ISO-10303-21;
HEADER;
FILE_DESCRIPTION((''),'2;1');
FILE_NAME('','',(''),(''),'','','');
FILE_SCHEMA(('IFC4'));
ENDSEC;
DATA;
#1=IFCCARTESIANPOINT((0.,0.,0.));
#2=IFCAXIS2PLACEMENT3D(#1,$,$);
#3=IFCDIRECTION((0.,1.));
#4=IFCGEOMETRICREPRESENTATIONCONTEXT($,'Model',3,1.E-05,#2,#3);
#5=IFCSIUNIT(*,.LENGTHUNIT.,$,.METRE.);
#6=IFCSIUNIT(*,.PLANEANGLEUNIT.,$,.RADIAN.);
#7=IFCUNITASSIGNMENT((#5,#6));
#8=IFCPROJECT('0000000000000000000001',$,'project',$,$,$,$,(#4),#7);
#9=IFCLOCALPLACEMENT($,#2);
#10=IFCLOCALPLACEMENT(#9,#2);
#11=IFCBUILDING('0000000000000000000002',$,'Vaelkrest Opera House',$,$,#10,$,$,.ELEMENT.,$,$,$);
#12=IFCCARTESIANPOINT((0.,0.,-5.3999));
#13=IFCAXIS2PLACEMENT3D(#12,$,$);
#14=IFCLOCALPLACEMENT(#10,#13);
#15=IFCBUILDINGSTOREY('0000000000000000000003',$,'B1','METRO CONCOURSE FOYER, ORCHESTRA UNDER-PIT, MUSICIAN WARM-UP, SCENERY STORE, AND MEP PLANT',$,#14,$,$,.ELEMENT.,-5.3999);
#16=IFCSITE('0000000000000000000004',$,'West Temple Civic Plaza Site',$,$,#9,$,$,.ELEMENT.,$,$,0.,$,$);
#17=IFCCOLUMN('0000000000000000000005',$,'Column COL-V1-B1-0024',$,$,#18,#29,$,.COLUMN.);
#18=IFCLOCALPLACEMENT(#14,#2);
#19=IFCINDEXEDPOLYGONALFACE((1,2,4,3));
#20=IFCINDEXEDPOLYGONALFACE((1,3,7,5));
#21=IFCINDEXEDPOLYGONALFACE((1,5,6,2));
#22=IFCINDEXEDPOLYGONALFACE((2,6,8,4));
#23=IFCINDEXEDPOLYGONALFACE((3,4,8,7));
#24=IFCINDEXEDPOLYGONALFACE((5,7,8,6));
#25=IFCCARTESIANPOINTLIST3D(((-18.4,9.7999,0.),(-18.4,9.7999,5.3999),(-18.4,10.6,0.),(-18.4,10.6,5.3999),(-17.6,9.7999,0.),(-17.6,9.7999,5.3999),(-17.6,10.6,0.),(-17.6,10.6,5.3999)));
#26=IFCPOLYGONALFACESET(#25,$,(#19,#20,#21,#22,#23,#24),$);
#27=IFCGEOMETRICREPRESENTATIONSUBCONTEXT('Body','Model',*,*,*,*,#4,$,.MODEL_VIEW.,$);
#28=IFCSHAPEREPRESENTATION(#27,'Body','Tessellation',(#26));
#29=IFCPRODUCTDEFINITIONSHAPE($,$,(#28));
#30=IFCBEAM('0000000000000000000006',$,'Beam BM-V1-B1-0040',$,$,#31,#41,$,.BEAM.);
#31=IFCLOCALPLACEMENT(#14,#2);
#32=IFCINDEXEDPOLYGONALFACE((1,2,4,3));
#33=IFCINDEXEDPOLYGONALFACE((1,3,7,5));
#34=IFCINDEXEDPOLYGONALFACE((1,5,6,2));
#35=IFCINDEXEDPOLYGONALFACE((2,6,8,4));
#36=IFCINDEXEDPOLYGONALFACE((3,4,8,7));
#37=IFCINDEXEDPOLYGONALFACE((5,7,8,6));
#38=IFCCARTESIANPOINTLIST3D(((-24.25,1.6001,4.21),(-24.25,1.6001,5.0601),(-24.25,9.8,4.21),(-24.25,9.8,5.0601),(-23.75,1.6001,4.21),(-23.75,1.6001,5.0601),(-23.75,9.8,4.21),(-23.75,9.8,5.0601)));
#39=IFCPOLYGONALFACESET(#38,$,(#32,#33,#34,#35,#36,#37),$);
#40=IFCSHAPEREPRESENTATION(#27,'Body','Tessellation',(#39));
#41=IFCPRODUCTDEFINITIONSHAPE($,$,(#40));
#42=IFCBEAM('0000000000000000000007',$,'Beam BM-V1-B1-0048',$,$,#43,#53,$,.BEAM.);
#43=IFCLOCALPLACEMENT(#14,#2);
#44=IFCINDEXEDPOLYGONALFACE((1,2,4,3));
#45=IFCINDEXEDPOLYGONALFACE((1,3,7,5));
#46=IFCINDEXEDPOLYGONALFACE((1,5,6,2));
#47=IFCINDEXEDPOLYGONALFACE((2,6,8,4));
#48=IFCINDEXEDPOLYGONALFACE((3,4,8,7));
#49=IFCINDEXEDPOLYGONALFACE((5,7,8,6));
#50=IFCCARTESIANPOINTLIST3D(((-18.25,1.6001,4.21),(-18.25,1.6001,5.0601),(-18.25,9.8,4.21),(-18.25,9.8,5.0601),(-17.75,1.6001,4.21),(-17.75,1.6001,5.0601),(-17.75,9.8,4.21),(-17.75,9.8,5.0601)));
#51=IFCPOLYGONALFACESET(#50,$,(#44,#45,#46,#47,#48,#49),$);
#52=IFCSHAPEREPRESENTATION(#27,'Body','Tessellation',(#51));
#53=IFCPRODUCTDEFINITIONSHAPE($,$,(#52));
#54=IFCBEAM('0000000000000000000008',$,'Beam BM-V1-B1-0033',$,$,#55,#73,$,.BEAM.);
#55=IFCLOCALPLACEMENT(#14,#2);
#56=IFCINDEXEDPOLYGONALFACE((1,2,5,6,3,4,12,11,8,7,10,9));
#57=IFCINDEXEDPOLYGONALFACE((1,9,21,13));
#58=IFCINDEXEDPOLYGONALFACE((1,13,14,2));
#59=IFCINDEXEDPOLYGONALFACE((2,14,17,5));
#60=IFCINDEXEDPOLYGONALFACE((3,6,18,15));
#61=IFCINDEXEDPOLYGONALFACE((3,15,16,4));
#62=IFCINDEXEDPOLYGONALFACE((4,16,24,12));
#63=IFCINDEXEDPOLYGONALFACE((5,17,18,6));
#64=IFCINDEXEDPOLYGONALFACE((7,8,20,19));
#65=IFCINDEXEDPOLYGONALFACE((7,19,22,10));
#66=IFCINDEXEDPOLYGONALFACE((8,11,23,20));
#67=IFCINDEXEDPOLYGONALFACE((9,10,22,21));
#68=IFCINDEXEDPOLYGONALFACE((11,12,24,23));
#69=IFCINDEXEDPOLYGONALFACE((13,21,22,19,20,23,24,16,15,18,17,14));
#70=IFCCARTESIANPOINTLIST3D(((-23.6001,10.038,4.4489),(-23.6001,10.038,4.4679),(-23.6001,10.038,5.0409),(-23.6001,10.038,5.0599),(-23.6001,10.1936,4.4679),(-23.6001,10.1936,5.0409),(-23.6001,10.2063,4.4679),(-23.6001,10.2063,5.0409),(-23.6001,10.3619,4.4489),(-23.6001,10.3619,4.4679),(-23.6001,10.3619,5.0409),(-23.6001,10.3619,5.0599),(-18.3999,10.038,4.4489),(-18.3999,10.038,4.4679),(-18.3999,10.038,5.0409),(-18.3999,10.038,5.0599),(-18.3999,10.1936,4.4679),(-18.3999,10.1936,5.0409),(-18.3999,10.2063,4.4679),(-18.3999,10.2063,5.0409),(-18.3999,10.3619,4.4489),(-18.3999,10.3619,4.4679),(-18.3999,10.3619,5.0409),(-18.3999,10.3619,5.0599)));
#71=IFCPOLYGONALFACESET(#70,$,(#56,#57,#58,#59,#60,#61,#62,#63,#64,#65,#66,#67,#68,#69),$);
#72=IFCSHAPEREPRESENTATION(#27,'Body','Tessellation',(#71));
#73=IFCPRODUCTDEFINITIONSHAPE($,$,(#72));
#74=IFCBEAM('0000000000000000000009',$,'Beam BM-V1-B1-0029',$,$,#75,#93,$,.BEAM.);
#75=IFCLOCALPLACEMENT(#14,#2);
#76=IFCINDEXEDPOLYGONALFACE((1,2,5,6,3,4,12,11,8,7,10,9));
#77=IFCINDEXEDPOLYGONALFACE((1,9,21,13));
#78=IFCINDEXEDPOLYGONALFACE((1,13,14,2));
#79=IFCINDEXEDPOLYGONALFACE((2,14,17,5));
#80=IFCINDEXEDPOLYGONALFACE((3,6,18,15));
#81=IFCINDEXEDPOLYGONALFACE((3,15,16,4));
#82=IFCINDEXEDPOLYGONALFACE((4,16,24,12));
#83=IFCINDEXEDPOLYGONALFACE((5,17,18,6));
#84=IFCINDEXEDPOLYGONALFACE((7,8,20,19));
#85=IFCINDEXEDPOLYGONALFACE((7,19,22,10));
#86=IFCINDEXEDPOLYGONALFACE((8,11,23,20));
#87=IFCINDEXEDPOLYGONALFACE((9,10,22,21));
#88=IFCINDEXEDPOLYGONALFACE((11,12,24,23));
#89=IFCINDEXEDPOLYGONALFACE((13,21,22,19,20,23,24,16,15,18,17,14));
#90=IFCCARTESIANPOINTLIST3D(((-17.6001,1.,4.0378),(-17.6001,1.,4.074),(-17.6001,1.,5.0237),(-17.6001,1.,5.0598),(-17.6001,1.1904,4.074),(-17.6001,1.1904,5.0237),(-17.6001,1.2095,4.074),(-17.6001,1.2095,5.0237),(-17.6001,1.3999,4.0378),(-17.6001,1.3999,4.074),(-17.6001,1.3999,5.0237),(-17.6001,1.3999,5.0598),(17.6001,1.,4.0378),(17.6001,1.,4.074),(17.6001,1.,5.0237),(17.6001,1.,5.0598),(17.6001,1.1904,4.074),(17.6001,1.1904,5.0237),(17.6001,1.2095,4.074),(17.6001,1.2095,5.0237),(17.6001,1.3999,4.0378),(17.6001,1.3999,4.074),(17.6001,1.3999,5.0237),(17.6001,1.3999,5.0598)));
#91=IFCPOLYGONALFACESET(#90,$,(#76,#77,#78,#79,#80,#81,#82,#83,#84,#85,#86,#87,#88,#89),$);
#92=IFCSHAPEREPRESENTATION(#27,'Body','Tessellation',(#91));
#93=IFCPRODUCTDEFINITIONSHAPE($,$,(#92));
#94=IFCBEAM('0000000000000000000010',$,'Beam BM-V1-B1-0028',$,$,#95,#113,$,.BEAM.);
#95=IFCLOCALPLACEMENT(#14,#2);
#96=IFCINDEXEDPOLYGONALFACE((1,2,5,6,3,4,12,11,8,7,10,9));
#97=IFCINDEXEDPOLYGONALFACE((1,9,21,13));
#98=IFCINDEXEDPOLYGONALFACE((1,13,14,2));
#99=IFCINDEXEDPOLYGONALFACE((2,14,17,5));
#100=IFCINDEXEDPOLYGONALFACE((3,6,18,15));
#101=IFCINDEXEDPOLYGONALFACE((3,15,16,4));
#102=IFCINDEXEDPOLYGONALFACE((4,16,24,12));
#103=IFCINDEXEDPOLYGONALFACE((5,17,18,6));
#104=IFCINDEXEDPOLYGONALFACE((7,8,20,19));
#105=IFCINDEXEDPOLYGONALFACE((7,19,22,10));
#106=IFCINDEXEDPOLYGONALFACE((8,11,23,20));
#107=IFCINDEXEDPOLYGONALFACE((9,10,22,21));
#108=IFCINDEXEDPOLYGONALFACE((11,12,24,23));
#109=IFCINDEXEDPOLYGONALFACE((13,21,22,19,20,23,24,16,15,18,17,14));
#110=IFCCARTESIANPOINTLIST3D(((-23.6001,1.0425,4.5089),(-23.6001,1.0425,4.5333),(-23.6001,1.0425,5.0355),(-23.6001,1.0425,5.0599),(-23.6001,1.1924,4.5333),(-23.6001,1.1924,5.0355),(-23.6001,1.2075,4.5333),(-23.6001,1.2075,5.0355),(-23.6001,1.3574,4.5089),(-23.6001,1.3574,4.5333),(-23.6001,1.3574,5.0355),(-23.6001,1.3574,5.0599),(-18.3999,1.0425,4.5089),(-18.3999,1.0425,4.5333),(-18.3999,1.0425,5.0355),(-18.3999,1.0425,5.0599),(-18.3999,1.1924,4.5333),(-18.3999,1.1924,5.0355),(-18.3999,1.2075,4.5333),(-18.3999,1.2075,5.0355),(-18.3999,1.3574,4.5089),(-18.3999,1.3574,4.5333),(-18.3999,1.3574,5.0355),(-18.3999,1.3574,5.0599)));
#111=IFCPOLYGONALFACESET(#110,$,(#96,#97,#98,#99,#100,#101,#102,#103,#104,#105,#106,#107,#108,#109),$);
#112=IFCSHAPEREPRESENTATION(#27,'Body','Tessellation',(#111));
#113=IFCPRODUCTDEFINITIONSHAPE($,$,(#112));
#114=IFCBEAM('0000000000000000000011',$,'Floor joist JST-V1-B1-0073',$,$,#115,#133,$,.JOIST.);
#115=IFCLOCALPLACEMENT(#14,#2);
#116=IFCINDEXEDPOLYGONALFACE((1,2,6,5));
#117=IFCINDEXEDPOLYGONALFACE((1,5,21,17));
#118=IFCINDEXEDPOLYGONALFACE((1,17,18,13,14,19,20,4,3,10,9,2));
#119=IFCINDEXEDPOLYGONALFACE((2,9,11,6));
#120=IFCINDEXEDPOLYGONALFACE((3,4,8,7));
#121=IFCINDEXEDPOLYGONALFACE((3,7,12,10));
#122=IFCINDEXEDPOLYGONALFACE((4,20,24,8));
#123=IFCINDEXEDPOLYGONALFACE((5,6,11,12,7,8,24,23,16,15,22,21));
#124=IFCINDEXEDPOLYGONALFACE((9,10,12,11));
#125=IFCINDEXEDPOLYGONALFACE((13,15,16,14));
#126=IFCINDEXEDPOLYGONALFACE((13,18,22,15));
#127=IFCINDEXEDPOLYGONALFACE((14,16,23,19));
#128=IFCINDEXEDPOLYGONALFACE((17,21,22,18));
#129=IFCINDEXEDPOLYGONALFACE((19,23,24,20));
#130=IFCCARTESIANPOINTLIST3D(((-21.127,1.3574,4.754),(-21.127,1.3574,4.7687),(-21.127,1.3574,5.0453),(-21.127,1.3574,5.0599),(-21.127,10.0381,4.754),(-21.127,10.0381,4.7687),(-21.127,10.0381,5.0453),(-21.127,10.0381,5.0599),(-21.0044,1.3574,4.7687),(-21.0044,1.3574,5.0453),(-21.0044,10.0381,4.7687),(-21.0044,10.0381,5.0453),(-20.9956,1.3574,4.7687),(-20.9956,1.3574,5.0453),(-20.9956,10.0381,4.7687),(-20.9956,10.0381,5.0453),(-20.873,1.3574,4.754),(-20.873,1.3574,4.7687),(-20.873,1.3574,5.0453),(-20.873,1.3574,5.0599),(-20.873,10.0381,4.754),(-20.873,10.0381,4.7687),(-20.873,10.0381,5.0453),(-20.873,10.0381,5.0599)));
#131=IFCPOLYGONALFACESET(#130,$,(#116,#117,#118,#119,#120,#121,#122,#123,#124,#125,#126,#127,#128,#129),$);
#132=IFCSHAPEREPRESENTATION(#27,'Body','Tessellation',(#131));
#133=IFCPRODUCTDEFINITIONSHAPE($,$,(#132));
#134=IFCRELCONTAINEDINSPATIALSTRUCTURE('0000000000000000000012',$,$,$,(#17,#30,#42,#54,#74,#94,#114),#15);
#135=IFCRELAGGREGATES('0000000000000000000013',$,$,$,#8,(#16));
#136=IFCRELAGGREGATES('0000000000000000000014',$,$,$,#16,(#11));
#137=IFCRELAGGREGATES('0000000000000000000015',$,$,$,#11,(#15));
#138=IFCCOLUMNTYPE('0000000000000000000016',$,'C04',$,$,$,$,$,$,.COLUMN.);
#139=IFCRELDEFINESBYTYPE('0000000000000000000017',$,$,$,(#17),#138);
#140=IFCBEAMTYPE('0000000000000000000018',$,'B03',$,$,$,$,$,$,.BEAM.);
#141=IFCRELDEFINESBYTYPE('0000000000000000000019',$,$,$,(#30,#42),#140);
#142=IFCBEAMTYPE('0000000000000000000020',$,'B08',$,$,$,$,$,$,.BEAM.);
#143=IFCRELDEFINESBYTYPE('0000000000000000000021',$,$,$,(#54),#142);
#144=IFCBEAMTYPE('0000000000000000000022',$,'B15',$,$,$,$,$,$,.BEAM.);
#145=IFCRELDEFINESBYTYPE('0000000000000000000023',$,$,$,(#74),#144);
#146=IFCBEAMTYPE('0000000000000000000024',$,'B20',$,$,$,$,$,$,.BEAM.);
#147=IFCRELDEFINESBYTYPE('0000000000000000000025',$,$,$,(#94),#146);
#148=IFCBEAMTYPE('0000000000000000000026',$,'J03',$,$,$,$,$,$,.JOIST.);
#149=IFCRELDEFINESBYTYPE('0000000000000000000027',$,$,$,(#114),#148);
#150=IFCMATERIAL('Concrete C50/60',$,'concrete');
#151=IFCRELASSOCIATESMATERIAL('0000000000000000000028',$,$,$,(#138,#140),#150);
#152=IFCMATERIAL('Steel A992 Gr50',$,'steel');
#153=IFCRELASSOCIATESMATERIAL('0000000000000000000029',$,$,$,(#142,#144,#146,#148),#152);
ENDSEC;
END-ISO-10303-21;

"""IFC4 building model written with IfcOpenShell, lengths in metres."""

from ifc_helpers import new_model, si_unit, direction, frame, origin, origin_2d, place, context, subcontext, project, spatial, rectangle, i_section, extrude, material, material_profile, profile_set, type_object, element, save


model = new_model("IFC4")

# Units and contexts
model_context = context("Model", 3, precision=1e-05, world=origin(), true_north=direction((0.0, 1.0)))
body_context = subcontext(model_context, "Body", "Model", "MODEL_VIEW")
ifc_project = project(units=[si_unit("LENGTHUNIT", "METRE"), si_unit("PLANEANGLEUNIT", "RADIAN")], contexts=[model_context])

# Site, building, storey
site_placement = place(None, origin())
site = spatial("IfcSite", under=ifc_project, at=site_placement, Name="West Temple Civic Plaza Site", CompositionType="ELEMENT", RefElevation=0.0)
building_placement = place(site_placement, origin())
building = spatial("IfcBuilding", under=site, at=building_placement, Name="Vaelkrest Opera House", CompositionType="ELEMENT")
storey_placement = place(building_placement, frame((0.0, 0.0, -5.3999)))
storey = spatial("IfcBuildingStorey", under=building, at=storey_placement, Name="B1", Description="METRO CONCOURSE FOYER, ORCHESTRA UNDER-PIT, MUSICIAN WARM-UP, SCENERY STORE, AND MEP PLANT", CompositionType="ELEMENT", Elevation=-5.3999)

# Column
ifc_material_1 = material(Name="Concrete C50/60", Category="concrete")
ifc_material_profile_1 = material_profile(ifc_material_1, rectangle(XDim=0.8, YDim=0.8, at=origin_2d()), Name="RC800X800")
ifc_profile_set_1 = profile_set([ifc_material_profile_1], Name="Concrete C50/60")
column_type = type_object("IfcColumnType", Name="C04", PredefinedType="COLUMN", material=ifc_profile_set_1)
for number, where, z_axis, x_axis, name in (
    (1, (-18.0, 10.2, 0.0), (0.0, 0.0, 1.0), (1.0, 0.0, 0.0), "Column COL-V1-B1-0024"),
):
    element("IfcColumn", number, at=place(storey_placement, frame(where, z_axis=z_axis, x_axis=x_axis)), inside=storey, type_object=column_type, Name=name, PredefinedType="COLUMN", context=body_context, shape_type="SweptSolid", body=[
        extrude(rectangle(XDim=0.8, YDim=0.8, at=origin_2d()), origin(), (0.0, 0.0, 1.0), 5.3999),
    ])

# Beams
ifc_material_profile_2 = material_profile(ifc_material_1, rectangle(XDim=0.5, YDim=0.8501, at=origin_2d()), Name="RCB500X850")
ifc_profile_set_2 = profile_set([ifc_material_profile_2], Name="Concrete C50/60")
beam_type_1 = type_object("IfcBeamType", Name="B03", PredefinedType="BEAM", material=ifc_profile_set_2)
for number, where, z_axis, x_axis, name in (
    (2, (-24.0, 1.6001, 4.635), (0.0, 1.0, 0.0), (-1.0, 0.0, 0.0), "Beam BM-V1-B1-0040"),
    (3, (-18.0, 1.6001, 4.635), (0.0, 1.0, 0.0), (-1.0, 0.0, 0.0), "Beam BM-V1-B1-0048"),
):
    element("IfcBeam", number, at=place(storey_placement, frame(where, z_axis=z_axis, x_axis=x_axis)), inside=storey, type_object=beam_type_1, Name=name, PredefinedType="BEAM", context=body_context, shape_type="SweptSolid", body=[
        extrude(rectangle(XDim=0.5, YDim=0.8501, at=origin_2d()), origin(), (0.0, 0.0, 1.0), 8.2),
    ])
ifc_material_2 = material(Name="Steel A992 Gr50", Category="steel")
ifc_material_profile_3 = material_profile(ifc_material_2, i_section(OverallWidth=0.324, OverallDepth=0.6111, WebThickness=0.0127, FlangeThickness=0.019, at=origin_2d()), Name="W24X104")
ifc_profile_set_3 = profile_set([ifc_material_profile_3], Name="Steel A992 Gr50")
beam_type_2 = type_object("IfcBeamType", Name="B08", PredefinedType="BEAM", material=ifc_profile_set_3)
beam_1_placement = place(storey_placement, frame((-23.6001, 10.2, 4.7544), z_axis=(1.0, 0.0, 0.0), x_axis=(0.0, 1.0, 0.0)))
element("IfcBeam", 4, at=beam_1_placement, inside=storey, type_object=beam_type_2, Name="Beam BM-V1-B1-0033", PredefinedType="BEAM", context=body_context, shape_type="SweptSolid", body=[
    extrude(i_section(OverallWidth=0.324, OverallDepth=0.6111, WebThickness=0.0127, FlangeThickness=0.019, at=origin_2d()), origin(), (0.0, 0.0, 1.0), 5.2002),
])
ifc_material_profile_4 = material_profile(ifc_material_2, i_section(OverallWidth=0.3999, OverallDepth=1.022, WebThickness=0.019, FlangeThickness=0.0361, at=origin_2d()), Name="W40X249")
ifc_profile_set_4 = profile_set([ifc_material_profile_4], Name="Steel A992 Gr50")
beam_type_3 = type_object("IfcBeamType", Name="B15", PredefinedType="BEAM", material=ifc_profile_set_4)
beam_2_placement = place(storey_placement, frame((-17.6001, 1.2, 4.5488), z_axis=(1.0, 0.0, 0.0), x_axis=(0.0, 1.0, 0.0)))
element("IfcBeam", 5, at=beam_2_placement, inside=storey, type_object=beam_type_3, Name="Beam BM-V1-B1-0029", PredefinedType="BEAM", context=body_context, shape_type="SweptSolid", body=[
    extrude(i_section(OverallWidth=0.3999, OverallDepth=1.022, WebThickness=0.019, FlangeThickness=0.0361, at=origin_2d()), origin(), (0.0, 0.0, 1.0), 35.2002),
])
ifc_material_profile_5 = material_profile(ifc_material_2, i_section(OverallWidth=0.3149, OverallDepth=0.551, WebThickness=0.0151, FlangeThickness=0.0244, at=origin_2d()), Name="W21X122")
ifc_profile_set_5 = profile_set([ifc_material_profile_5], Name="Steel A992 Gr50")
beam_type_4 = type_object("IfcBeamType", Name="B20", PredefinedType="BEAM", material=ifc_profile_set_5)
beam_3_placement = place(storey_placement, frame((-23.6001, 1.2, 4.7844), z_axis=(1.0, 0.0, 0.0), x_axis=(0.0, 1.0, 0.0)))
element("IfcBeam", 6, at=beam_3_placement, inside=storey, type_object=beam_type_4, Name="Beam BM-V1-B1-0028", PredefinedType="BEAM", context=body_context, shape_type="SweptSolid", body=[
    extrude(i_section(OverallWidth=0.3149, OverallDepth=0.551, WebThickness=0.0151, FlangeThickness=0.0244, at=origin_2d()), origin(), (0.0, 0.0, 1.0), 5.2002),
])
ifc_material_profile_6 = material_profile(ifc_material_2, i_section(OverallWidth=0.2539, OverallDepth=0.3059, WebThickness=0.0088, FlangeThickness=0.0146, at=origin_2d()), Name="W12X53")
ifc_profile_set_6 = profile_set([ifc_material_profile_6], Name="Steel A992 Gr50")
beam_type_5 = type_object("IfcBeamType", Name="J03", PredefinedType="JOIST", material=ifc_profile_set_6)
beam_4_placement = place(storey_placement, frame((-21.0, 1.3574, 4.907), z_axis=(0.0, 1.0, 0.0), x_axis=(-1.0, 0.0, 0.0)))
element("IfcBeam", 7, at=beam_4_placement, inside=storey, type_object=beam_type_5, Name="Floor joist JST-V1-B1-0073", PredefinedType="JOIST", context=body_context, shape_type="SweptSolid", body=[
    extrude(i_section(OverallWidth=0.2539, OverallDepth=0.3059, WebThickness=0.0088, FlangeThickness=0.0146, at=origin_2d()), origin(), (0.0, 0.0, 1.0), 8.6807),
])

save(model, "model.ifc")
